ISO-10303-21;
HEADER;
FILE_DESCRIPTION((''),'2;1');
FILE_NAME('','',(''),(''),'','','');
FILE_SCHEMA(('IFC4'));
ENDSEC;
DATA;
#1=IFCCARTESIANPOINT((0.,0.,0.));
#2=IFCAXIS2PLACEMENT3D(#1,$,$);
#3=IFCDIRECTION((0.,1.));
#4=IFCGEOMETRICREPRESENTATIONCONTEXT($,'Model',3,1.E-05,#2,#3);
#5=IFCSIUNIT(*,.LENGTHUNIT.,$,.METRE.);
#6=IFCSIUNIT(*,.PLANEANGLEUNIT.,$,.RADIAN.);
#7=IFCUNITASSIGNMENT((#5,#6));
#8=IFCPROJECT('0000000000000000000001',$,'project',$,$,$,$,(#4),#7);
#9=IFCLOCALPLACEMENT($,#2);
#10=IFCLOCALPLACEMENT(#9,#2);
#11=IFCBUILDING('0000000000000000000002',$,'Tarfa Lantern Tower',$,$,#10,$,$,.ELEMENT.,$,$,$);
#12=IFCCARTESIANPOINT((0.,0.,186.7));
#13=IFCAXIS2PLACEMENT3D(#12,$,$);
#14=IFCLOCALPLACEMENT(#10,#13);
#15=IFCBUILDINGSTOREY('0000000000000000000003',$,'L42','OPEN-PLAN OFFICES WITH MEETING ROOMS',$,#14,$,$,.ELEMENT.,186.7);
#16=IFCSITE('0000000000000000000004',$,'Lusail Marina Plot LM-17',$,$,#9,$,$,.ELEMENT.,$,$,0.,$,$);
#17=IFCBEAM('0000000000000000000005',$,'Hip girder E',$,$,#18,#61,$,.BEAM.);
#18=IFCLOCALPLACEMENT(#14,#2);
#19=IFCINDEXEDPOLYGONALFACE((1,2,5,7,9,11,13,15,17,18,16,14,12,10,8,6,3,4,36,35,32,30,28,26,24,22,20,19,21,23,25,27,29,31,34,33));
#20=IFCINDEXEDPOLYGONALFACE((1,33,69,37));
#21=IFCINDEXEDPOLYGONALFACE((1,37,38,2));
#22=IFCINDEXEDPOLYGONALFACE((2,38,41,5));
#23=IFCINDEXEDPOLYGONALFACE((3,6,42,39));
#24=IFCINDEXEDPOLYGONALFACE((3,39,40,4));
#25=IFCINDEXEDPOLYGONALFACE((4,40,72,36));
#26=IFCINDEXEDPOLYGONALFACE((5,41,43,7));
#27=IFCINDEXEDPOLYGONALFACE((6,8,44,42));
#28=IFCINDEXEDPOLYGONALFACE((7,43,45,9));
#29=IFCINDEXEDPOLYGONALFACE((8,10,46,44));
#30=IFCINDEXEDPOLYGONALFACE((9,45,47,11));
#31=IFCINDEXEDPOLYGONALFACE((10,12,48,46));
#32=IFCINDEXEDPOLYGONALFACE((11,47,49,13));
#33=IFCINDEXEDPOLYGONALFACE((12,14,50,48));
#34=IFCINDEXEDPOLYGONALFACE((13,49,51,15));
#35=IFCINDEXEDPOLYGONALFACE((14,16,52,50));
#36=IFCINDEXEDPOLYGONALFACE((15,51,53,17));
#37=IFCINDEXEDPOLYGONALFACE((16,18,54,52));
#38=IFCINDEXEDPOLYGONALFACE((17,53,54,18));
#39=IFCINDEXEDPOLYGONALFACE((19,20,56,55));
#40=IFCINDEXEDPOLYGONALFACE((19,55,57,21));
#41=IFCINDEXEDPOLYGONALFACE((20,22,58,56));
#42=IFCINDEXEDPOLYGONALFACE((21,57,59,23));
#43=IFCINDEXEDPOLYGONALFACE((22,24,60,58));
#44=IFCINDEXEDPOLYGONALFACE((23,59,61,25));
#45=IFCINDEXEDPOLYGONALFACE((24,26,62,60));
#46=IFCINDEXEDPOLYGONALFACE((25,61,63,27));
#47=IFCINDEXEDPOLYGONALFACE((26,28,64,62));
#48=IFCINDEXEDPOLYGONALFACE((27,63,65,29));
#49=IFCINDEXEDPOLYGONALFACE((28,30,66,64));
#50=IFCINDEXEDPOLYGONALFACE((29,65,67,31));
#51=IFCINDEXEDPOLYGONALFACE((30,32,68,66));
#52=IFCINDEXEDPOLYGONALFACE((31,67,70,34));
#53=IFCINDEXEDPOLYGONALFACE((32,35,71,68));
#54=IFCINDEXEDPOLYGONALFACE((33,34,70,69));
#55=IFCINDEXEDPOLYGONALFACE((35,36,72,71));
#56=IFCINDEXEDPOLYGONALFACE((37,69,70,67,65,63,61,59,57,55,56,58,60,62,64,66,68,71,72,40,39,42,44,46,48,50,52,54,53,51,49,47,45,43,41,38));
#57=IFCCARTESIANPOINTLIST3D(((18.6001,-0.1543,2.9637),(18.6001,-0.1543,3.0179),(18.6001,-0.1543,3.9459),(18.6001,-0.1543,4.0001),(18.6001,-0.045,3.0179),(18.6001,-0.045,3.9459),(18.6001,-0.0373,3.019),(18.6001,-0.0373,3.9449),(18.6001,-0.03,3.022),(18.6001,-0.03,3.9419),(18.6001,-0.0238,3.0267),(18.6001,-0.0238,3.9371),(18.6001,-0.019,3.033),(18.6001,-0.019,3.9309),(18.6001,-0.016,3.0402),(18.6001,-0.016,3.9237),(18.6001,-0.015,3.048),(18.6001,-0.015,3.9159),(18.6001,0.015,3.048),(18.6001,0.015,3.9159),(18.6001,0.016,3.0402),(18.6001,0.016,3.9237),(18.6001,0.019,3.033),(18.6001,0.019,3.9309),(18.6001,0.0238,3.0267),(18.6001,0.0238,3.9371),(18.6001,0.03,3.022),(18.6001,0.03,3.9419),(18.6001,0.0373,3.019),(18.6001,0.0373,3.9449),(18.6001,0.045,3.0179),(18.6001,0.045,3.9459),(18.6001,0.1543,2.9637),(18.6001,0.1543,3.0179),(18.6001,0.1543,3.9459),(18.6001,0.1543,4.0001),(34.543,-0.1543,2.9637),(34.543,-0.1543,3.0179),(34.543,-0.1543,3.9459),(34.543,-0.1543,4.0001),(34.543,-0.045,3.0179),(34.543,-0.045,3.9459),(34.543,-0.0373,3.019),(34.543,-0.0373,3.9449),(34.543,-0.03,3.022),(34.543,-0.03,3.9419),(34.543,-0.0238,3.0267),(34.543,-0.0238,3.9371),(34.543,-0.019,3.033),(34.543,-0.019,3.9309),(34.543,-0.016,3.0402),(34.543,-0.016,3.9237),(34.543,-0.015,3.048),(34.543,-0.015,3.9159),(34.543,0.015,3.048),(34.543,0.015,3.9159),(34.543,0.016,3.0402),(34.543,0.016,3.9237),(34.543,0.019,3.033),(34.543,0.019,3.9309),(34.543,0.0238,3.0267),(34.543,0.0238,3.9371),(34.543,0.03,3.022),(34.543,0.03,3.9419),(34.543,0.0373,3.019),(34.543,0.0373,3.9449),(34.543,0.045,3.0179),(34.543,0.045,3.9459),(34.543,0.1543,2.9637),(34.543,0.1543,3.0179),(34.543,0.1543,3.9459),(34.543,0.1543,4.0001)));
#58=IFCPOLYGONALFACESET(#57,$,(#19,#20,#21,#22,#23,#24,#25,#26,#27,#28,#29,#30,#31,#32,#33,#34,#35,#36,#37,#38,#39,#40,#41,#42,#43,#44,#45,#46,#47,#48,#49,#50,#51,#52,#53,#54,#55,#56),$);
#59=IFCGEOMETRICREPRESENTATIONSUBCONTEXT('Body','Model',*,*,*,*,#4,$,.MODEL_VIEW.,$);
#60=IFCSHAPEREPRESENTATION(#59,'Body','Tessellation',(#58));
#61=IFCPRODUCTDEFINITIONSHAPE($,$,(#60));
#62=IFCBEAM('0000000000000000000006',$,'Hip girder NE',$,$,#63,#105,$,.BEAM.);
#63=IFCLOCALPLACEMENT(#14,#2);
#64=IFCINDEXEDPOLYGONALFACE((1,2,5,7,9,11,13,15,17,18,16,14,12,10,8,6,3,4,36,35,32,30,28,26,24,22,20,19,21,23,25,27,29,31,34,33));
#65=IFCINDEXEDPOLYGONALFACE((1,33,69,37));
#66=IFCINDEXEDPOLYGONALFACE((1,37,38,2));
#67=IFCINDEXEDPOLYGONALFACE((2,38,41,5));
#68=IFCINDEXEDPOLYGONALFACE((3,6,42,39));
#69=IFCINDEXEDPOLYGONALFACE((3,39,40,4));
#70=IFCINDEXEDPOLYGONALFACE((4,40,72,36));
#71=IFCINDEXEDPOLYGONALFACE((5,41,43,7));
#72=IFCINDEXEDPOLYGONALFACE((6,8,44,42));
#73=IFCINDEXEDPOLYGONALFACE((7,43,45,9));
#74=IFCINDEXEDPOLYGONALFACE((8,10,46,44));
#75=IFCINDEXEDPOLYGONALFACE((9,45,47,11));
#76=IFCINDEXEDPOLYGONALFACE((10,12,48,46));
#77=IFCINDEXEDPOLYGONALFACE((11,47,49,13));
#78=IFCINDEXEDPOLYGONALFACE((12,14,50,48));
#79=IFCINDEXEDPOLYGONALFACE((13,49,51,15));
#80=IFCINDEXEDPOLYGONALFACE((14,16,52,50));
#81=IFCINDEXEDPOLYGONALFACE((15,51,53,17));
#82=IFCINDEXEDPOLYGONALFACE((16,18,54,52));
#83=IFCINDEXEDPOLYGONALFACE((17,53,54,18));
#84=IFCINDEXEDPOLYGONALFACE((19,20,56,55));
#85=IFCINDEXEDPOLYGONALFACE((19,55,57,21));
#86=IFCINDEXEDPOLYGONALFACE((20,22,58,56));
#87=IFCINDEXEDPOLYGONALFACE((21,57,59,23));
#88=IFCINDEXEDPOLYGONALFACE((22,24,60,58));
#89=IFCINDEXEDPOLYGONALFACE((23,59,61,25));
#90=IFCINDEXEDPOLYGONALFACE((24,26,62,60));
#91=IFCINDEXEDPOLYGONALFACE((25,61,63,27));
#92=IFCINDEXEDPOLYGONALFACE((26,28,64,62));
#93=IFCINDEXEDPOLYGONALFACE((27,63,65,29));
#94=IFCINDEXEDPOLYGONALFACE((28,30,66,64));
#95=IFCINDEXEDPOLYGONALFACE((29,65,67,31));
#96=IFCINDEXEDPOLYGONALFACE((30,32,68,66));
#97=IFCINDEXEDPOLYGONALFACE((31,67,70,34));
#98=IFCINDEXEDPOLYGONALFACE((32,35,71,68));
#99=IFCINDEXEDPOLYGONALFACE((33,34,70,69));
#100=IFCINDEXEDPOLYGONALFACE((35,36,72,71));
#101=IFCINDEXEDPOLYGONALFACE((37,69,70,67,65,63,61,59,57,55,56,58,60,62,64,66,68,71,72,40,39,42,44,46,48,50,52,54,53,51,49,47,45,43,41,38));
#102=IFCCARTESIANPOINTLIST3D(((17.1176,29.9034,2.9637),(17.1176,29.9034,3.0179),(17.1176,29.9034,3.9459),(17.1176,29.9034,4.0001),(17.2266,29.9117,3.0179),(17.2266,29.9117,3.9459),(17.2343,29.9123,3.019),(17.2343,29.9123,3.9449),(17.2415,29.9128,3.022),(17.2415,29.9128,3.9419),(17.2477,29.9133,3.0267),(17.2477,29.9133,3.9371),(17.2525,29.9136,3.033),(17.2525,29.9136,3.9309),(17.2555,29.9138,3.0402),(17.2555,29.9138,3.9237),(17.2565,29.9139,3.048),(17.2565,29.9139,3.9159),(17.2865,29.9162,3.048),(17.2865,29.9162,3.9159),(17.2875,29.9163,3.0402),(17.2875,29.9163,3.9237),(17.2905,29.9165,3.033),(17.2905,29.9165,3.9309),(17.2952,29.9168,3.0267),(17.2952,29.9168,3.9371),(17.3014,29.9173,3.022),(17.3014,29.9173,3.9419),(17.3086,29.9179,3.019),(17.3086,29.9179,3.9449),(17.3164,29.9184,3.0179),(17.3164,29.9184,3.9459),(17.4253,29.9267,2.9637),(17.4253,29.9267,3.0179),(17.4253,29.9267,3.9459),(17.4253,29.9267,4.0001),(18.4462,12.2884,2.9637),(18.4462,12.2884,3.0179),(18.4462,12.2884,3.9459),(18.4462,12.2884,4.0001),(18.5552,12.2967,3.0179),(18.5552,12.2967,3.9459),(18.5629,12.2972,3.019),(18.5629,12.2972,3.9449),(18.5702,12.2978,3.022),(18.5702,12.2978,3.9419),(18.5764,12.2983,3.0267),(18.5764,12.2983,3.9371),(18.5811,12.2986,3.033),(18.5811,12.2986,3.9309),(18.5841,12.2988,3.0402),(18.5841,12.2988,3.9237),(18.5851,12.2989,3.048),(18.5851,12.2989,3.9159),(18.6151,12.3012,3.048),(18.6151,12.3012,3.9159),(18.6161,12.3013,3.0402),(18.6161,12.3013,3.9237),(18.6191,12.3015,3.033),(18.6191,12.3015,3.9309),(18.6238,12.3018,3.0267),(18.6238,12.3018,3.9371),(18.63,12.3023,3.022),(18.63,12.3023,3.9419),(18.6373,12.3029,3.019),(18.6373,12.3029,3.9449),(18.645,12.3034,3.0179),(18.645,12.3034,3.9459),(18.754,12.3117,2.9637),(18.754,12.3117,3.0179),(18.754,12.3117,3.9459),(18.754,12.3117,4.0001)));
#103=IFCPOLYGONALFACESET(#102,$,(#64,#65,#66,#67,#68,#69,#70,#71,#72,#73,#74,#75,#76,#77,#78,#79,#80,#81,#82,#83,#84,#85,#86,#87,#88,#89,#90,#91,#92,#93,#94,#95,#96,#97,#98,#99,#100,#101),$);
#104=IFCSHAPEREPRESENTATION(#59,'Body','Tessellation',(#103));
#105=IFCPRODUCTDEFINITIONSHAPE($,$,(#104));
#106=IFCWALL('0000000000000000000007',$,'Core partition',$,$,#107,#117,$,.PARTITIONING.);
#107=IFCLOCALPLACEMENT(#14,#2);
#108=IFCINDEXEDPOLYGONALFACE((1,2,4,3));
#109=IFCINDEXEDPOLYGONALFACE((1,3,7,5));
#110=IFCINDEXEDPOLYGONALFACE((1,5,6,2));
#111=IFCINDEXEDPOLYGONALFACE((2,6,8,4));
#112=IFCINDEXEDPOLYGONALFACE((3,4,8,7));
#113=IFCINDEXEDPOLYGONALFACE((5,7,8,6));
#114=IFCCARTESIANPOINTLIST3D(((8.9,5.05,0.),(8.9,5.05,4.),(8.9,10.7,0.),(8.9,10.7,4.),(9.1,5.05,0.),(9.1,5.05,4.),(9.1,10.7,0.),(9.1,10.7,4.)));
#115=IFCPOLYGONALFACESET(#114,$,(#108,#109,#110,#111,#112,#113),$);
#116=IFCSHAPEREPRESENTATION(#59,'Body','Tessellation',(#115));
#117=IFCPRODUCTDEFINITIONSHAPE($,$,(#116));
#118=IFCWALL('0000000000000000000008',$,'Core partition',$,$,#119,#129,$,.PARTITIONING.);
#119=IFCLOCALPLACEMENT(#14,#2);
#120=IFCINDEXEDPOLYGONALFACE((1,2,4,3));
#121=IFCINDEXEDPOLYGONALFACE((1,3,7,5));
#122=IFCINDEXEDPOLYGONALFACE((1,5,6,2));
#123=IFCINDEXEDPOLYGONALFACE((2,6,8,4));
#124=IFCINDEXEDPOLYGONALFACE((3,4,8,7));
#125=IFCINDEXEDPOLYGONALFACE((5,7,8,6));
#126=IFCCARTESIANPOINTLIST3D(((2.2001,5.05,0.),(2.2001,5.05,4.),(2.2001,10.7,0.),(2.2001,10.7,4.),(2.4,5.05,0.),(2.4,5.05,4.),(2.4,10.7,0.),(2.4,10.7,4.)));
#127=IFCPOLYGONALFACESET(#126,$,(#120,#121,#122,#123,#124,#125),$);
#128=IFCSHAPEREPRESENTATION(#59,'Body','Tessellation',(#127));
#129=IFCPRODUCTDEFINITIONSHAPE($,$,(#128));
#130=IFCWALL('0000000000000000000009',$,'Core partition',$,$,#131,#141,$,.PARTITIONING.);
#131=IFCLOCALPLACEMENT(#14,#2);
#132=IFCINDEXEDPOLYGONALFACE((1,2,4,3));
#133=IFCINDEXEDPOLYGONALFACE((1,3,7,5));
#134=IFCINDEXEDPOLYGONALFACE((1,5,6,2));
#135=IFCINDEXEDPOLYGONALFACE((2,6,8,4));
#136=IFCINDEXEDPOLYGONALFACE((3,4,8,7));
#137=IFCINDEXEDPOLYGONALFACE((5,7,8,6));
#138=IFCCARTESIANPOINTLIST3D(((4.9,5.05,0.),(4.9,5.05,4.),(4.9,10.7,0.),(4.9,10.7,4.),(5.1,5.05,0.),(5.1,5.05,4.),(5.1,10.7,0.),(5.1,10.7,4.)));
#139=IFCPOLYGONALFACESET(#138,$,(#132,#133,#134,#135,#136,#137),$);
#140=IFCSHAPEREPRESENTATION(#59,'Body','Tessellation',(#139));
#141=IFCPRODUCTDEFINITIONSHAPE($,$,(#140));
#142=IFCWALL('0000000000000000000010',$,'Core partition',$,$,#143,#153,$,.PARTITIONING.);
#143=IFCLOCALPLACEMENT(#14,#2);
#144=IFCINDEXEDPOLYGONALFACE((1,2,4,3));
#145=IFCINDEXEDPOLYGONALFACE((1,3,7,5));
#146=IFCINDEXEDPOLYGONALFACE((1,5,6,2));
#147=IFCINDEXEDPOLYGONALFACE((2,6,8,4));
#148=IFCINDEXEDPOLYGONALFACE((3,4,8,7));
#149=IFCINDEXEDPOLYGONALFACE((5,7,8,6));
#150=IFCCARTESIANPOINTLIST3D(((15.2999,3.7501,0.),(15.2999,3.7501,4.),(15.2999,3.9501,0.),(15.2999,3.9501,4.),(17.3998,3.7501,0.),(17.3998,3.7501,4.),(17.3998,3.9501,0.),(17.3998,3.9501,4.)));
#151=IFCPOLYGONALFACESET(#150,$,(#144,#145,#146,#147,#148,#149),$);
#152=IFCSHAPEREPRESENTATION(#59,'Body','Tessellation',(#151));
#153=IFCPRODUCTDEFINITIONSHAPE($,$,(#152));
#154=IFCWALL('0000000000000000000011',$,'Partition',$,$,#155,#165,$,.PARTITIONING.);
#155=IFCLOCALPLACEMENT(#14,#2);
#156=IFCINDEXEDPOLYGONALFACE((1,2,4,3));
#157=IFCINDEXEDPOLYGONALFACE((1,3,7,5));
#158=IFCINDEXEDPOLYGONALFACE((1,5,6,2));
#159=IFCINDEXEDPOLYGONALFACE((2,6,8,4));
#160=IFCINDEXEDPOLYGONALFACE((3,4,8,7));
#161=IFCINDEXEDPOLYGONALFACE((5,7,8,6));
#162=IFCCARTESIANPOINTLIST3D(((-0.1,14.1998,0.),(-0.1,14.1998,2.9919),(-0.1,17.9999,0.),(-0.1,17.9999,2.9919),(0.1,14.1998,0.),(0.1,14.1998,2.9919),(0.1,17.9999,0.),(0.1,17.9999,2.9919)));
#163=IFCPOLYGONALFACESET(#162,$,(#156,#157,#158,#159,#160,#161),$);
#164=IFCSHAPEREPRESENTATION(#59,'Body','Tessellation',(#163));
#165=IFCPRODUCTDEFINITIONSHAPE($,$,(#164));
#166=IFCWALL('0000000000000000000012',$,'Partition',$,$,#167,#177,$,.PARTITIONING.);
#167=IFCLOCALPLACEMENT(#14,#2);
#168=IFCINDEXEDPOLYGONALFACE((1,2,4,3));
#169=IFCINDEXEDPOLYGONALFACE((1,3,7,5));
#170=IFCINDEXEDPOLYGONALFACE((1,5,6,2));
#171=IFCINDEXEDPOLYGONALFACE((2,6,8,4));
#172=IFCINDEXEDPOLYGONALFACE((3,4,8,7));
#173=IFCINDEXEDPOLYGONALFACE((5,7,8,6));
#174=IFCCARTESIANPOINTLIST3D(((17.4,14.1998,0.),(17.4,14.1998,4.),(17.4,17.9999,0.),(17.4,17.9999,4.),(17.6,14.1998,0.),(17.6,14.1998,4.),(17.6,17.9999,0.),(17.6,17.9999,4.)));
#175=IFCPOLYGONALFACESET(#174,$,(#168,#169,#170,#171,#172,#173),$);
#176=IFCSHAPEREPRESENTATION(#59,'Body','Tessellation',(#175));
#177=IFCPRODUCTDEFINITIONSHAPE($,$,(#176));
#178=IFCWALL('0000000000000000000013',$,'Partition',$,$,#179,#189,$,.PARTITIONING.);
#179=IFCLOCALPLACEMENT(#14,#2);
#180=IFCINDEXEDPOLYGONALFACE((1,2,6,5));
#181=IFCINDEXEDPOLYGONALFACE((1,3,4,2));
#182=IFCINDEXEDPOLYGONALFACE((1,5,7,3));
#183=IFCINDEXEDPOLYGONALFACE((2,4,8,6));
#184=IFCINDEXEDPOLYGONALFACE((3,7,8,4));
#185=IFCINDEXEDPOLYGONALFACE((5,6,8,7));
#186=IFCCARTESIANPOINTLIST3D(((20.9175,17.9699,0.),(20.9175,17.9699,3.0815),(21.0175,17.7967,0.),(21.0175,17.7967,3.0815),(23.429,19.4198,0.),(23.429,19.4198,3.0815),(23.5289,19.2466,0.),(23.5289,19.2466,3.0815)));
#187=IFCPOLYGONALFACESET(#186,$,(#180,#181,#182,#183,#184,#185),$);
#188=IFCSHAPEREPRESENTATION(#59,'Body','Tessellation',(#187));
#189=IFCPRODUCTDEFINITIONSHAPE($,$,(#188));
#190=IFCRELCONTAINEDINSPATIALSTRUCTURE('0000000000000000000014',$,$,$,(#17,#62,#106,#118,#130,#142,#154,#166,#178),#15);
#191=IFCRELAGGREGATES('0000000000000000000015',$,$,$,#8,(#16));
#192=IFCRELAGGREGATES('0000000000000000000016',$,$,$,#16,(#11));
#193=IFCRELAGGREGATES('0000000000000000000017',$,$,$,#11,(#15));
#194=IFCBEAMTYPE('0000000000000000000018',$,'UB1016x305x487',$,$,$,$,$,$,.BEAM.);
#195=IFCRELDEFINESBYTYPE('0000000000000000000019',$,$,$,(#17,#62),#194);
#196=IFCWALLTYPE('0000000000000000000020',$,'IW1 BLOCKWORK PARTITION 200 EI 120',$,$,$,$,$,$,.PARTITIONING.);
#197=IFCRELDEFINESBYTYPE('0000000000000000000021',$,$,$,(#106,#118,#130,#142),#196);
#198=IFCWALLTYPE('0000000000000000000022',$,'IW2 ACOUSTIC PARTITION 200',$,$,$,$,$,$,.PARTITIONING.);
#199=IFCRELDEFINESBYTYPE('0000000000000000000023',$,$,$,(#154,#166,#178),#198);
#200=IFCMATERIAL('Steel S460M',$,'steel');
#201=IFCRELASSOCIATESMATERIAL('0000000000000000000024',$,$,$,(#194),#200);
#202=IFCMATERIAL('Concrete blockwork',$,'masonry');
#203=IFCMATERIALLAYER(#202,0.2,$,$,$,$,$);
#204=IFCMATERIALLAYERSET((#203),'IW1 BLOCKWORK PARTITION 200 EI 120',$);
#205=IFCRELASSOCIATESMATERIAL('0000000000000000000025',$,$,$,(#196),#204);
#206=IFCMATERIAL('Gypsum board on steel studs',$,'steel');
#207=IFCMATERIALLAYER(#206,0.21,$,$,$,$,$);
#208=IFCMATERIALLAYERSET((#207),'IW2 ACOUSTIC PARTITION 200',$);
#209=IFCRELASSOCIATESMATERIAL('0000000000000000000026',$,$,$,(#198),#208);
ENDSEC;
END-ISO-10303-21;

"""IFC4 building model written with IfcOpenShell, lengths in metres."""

from ifc_helpers import new_model, si_unit, direction, frame, frame_2d, origin, origin_2d, place, context, subcontext, project, spatial, rectangle, i_section, extrude, material, layer, layer_set, material_profile, profile_set, type_object, element, save


model = new_model("IFC4")

# Units and contexts
model_context = context("Model", 3, precision=1e-05, world=origin(), true_north=direction((0.0, 1.0)))
body_context = subcontext(model_context, "Body", "Model", "MODEL_VIEW")
ifc_project = project(units=[si_unit("LENGTHUNIT", "METRE"), si_unit("PLANEANGLEUNIT", "RADIAN")], contexts=[model_context])

# Site, building, storey
site_placement = place(None, origin())
site = spatial("IfcSite", under=ifc_project, at=site_placement, Name="Lusail Marina Plot LM-17", CompositionType="ELEMENT", RefElevation=0.0)
building_placement = place(site_placement, origin())
building = spatial("IfcBuilding", under=site, at=building_placement, Name="Tarfa Lantern Tower", CompositionType="ELEMENT")
storey_placement = place(building_placement, frame((0.0, 0.0, 186.7)))
storey = spatial("IfcBuildingStorey", under=building, at=storey_placement, Name="L42", Description="OPEN-PLAN OFFICES WITH MEETING ROOMS", CompositionType="ELEMENT", Elevation=186.7)

# Beams
ifc_material_1 = material(Name="Steel S460M", Category="steel")
ifc_material_profile = material_profile(ifc_material_1, i_section(OverallWidth=0.3086, OverallDepth=1.0364, WebThickness=0.03, FlangeThickness=0.0542, FilletRadius=0.03, at=origin_2d()), Name="UB1016x305x487")
ifc_profile_set = profile_set([ifc_material_profile], Name="Steel S460M")
beam_type = type_object("IfcBeamType", Name="UB1016x305x487", PredefinedType="BEAM", material=ifc_profile_set)
beam_1_placement = place(storey_placement, frame((18.6001, 0.0, 3.4819), z_axis=(1.0, 0.0, 0.0), x_axis=(0.0, 1.0, 0.0)))
element("IfcBeam", 1, at=beam_1_placement, inside=storey, type_object=beam_type, Name="Hip girder E", PredefinedType="BEAM", context=body_context, shape_type="SweptSolid", body=[
    extrude(i_section(OverallWidth=0.3086, OverallDepth=1.0364, WebThickness=0.03, FlangeThickness=0.0542, FilletRadius=0.03, at=origin_2d()), origin(), (0.0, 0.0, 1.0), 15.9429),
])
beam_2_placement = place(storey_placement, frame((18.6001, 12.3, 3.4819), z_axis=(-0.075212, 0.997168, 0.0), x_axis=(-0.997168, -0.075212, 0.0)))
element("IfcBeam", 2, at=beam_2_placement, inside=storey, type_object=beam_type, Name="Hip girder NE", PredefinedType="BEAM", context=body_context, shape_type="SweptSolid", body=[
    extrude(i_section(OverallWidth=0.3086, OverallDepth=1.0364, WebThickness=0.03, FlangeThickness=0.0542, FilletRadius=0.03, at=origin_2d()), origin(), (0.0, 0.0, 1.0), 17.665),
])

# Walls
ifc_material_2 = material(Name="Concrete blockwork", Category="masonry")
ifc_layer_1 = layer(ifc_material_2, 0.2)
ifc_layer_set_1 = layer_set([ifc_layer_1], Name="IW1 BLOCKWORK PARTITION 200 EI 120")
wall_type_1 = type_object("IfcWallType", Name="IW1 BLOCKWORK PARTITION 200 EI 120", PredefinedType="PARTITIONING", material=ifc_layer_set_1)
for number, where, z_axis, x_axis, name in (
    (3, (9.0, 5.05, 0.0), (0.0, 0.0, 1.0), (0.0, 1.0, 0.0), "Core partition"),
    (4, (2.3, 5.05, 0.0), (0.0, 0.0, 1.0), (0.0, 1.0, 0.0), "Core partition"),
    (5, (5.0, 5.05, 0.0), (0.0, 0.0, 1.0), (0.0, 1.0, 0.0), "Core partition"),
):
    element("IfcWall", number, at=place(storey_placement, frame(where, z_axis=z_axis, x_axis=x_axis)), inside=storey, type_object=wall_type_1, Name=name, PredefinedType="PARTITIONING", context=body_context, shape_type="SweptSolid", body=[
        extrude(rectangle(XDim=5.6499, YDim=0.2, at=frame_2d((2.825, 0.0))), origin(), (0.0, 0.0, 1.0), 4.0),
    ])
wall_1_placement = place(storey_placement, frame((15.3, 3.8501, 0.0), z_axis=(0.0, 0.0, 1.0), x_axis=(1.0, 0.0, 0.0)))
element("IfcWall", 6, at=wall_1_placement, inside=storey, type_object=wall_type_1, Name="Core partition", PredefinedType="PARTITIONING", context=body_context, shape_type="SweptSolid", body=[
    extrude(rectangle(XDim=2.0999, YDim=0.2, at=frame_2d((1.0498, 0.0))), origin(), (0.0, 0.0, 1.0), 4.0),
])
ifc_material_3 = material(Name="Gypsum board on steel studs", Category="steel")
ifc_layer_2 = layer(ifc_material_3, 0.21)
ifc_layer_set_2 = layer_set([ifc_layer_2], Name="IW2 ACOUSTIC PARTITION 200")
wall_type_2 = type_object("IfcWallType", Name="IW2 ACOUSTIC PARTITION 200", PredefinedType="PARTITIONING", material=ifc_layer_set_2)
wall_2_placement = place(storey_placement, frame((0.0, 14.2, 0.0), z_axis=(0.0, 0.0, 1.0), x_axis=(0.0, 1.0, 0.0)))
element("IfcWall", 7, at=wall_2_placement, inside=storey, type_object=wall_type_2, Name="Partition", PredefinedType="PARTITIONING", context=body_context, shape_type="SweptSolid", body=[
    extrude(rectangle(XDim=3.8, YDim=0.2, at=frame_2d((1.8999, 0.0))), origin(), (0.0, 0.0, 1.0), 2.9919),
])
wall_3_placement = place(storey_placement, frame((17.5, 14.2, 0.0), z_axis=(0.0, 0.0, 1.0), x_axis=(0.0, 1.0, 0.0)))
element("IfcWall", 8, at=wall_3_placement, inside=storey, type_object=wall_type_2, Name="Partition", PredefinedType="PARTITIONING", context=body_context, shape_type="SweptSolid", body=[
    extrude(rectangle(XDim=3.8, YDim=0.2, at=frame_2d((1.8999, 0.0))), origin(), (0.0, 0.0, 1.0), 4.0),
])
wall_4_placement = place(storey_placement, frame((20.9675, 17.8833, 0.0), z_axis=(0.0, 0.0, 1.0), x_axis=(0.866033, 0.499987, 0.0)))
element("IfcWall", 9, at=wall_4_placement, inside=storey, type_object=wall_type_2, Name="Partition", PredefinedType="PARTITIONING", context=body_context, shape_type="SweptSolid", body=[
    extrude(rectangle(XDim=2.8999, YDim=0.2, at=frame_2d((1.45, 0.0))), origin(), (0.0, 0.0, 1.0), 3.0815),
])

save(model, "model.ifc")
